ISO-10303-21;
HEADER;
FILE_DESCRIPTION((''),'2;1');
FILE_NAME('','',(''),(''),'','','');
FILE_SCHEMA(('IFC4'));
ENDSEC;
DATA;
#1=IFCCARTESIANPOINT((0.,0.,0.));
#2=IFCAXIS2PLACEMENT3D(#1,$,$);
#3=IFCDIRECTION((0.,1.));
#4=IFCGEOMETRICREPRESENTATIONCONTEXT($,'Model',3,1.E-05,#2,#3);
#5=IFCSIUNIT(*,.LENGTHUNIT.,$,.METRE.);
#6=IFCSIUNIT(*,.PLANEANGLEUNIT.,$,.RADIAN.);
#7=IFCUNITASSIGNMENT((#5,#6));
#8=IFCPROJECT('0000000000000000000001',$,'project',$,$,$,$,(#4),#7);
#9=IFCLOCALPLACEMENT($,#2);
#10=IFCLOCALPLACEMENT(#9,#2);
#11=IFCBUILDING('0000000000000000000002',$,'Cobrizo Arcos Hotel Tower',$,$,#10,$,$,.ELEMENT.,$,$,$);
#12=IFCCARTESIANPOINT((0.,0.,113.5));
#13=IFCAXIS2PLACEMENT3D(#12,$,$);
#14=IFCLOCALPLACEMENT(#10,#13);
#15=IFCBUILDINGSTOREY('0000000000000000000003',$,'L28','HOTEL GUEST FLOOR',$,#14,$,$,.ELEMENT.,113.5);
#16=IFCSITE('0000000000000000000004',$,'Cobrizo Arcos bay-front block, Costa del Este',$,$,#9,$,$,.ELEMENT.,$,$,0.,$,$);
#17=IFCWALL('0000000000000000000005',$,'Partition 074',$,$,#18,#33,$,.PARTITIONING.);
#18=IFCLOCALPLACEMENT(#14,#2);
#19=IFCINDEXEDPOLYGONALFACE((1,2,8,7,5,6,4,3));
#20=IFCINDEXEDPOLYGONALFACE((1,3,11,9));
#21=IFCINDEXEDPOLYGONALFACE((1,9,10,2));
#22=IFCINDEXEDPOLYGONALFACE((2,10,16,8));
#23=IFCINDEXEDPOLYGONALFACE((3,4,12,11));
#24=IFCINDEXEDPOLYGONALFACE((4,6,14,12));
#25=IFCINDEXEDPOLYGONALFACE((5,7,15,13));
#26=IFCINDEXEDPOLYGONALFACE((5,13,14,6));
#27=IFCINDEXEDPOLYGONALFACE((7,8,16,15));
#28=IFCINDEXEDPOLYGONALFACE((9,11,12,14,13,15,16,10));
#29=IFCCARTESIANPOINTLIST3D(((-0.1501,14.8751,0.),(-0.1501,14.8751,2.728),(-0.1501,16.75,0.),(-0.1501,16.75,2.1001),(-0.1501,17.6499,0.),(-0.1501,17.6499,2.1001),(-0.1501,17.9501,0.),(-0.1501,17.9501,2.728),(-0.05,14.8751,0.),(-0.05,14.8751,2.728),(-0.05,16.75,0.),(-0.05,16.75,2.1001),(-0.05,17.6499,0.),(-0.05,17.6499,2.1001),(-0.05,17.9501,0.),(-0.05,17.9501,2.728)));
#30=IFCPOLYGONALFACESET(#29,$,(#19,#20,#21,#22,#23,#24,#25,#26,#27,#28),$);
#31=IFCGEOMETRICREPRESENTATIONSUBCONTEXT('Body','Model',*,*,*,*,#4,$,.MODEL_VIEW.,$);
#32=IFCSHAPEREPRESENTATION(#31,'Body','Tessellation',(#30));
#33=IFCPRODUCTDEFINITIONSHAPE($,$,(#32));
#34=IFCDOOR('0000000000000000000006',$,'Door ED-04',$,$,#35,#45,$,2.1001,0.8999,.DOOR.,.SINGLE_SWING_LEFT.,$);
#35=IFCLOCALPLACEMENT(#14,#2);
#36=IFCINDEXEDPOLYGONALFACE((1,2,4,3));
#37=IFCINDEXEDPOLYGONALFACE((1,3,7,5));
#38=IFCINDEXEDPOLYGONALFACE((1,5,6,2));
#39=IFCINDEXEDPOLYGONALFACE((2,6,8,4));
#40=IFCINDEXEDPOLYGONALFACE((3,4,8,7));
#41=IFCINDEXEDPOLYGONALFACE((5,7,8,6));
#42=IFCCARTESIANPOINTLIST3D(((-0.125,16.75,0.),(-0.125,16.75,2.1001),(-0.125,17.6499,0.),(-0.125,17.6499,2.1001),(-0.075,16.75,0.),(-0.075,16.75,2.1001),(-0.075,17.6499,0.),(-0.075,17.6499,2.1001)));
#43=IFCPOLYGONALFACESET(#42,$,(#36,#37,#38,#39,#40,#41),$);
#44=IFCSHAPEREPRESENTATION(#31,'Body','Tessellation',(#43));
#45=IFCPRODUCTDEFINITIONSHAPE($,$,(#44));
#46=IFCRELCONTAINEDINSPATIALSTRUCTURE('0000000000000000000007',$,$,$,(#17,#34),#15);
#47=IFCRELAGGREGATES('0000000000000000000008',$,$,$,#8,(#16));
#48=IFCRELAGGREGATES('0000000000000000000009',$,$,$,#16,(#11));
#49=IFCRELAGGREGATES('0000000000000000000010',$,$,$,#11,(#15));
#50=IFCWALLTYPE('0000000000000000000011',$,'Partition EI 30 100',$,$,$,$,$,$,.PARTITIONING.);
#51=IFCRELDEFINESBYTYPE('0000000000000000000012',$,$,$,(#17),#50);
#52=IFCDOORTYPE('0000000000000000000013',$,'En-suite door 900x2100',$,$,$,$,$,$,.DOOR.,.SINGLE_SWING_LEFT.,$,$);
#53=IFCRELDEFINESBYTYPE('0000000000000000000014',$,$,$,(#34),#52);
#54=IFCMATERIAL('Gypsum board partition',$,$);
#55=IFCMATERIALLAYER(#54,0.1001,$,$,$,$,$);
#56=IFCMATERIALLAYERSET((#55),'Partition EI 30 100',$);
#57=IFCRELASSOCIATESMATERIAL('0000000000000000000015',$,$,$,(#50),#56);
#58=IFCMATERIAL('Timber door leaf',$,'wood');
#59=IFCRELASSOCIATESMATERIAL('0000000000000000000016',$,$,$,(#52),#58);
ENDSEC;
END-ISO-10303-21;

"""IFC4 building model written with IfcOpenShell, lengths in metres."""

from ifc_helpers import new_model, si_unit, direction, frame, frame_2d, origin, place, context, subcontext, project, spatial, rectangle, extrude, material, layer, layer_set, type_object, element, fill, save


model = new_model("IFC4")

# Units and contexts
model_context = context("Model", 3, precision=1e-05, world=origin(), true_north=direction((0.0, 1.0)))
body_context = subcontext(model_context, "Body", "Model", "MODEL_VIEW")
ifc_project = project(units=[si_unit("LENGTHUNIT", "METRE"), si_unit("PLANEANGLEUNIT", "RADIAN")], contexts=[model_context])

# Site, building, storey
site_placement = place(None, origin())
site = spatial("IfcSite", under=ifc_project, at=site_placement, Name="Cobrizo Arcos bay-front block, Costa del Este", CompositionType="ELEMENT", RefElevation=0.0)
building_placement = place(site_placement, origin())
building = spatial("IfcBuilding", under=site, at=building_placement, Name="Cobrizo Arcos Hotel Tower", CompositionType="ELEMENT")
storey_placement = place(building_placement, frame((0.0, 0.0, 113.5)))
storey = spatial("IfcBuildingStorey", under=building, at=storey_placement, Name="L28", Description="HOTEL GUEST FLOOR", CompositionType="ELEMENT", Elevation=113.5)

# Shared definitions
ifc_material_1 = material(Name="Gypsum board partition")
ifc_layer_1 = layer(ifc_material_1, 0.1001)
ifc_layer_set_1 = layer_set([ifc_layer_1], Name="Partition EI 30 100")
wall_type = type_object("IfcWallType", Name="Partition EI 30 100", PredefinedType="PARTITIONING", material=ifc_layer_set_1)

# Shared definitions
ifc_material_2 = material(Name="Timber door leaf", Category="wood")
door_type = type_object("IfcDoorType", Name="En-suite door 900x2100", OperationType="SINGLE_SWING_LEFT", PredefinedType="DOOR", material=ifc_material_2)

# Wall, opening, door
wall_1_placement = place(storey_placement, frame((-0.1001, 14.875, 0.0), z_axis=(0.0, 0.0, 1.0), x_axis=(0.0, 1.0, 0.0)))
wall_1 = element("IfcWall", 1, at=wall_1_placement, inside=storey, type_object=wall_type, Name="Partition 074", PredefinedType="PARTITIONING", context=body_context, shape_type="SweptSolid", body=[
    extrude(rectangle(XDim=3.075, YDim=0.1001, at=frame_2d((1.5376, 0.0))), origin(), (0.0, 0.0, 1.0), 2.728),
])
opening_1_placement = place(wall_1_placement, frame((1.875, 0.0, 0.0)))
opening_1 = element("IfcOpeningElement", 2, at=opening_1_placement, cuts=wall_1, PredefinedType="OPENING", context=body_context, shape_type="SweptSolid", body=[
    extrude(rectangle(XDim=0.8999, YDim=2.1001, at=frame_2d((0.45, 1.05))), frame((0.0, 0.062, 0.0), z_axis=(0.0, -1.0, 0.0), x_axis=(1.0, 0.0, 0.0)), (0.0, 0.0, 1.0), 0.124),
])
door_1_placement = place(opening_1_placement, origin())
door_1 = element("IfcDoor", 3, at=door_1_placement, inside=storey, type_object=door_type, Name="Door ED-04", OperationType="SINGLE_SWING_LEFT", OverallHeight=2.1001, OverallWidth=0.8999, PredefinedType="DOOR", context=body_context, shape_type="SweptSolid", body=[
    extrude(rectangle(XDim=0.8999, YDim=2.1001, at=frame_2d((0.45, 1.05))), frame((0.0, 0.0249, 0.0), z_axis=(0.0, -1.0, 0.0), x_axis=(1.0, 0.0, 0.0)), (0.0, 0.0, 1.0), 0.05),
])
fill(opening_1, door_1)

save(model, "model.ifc")
